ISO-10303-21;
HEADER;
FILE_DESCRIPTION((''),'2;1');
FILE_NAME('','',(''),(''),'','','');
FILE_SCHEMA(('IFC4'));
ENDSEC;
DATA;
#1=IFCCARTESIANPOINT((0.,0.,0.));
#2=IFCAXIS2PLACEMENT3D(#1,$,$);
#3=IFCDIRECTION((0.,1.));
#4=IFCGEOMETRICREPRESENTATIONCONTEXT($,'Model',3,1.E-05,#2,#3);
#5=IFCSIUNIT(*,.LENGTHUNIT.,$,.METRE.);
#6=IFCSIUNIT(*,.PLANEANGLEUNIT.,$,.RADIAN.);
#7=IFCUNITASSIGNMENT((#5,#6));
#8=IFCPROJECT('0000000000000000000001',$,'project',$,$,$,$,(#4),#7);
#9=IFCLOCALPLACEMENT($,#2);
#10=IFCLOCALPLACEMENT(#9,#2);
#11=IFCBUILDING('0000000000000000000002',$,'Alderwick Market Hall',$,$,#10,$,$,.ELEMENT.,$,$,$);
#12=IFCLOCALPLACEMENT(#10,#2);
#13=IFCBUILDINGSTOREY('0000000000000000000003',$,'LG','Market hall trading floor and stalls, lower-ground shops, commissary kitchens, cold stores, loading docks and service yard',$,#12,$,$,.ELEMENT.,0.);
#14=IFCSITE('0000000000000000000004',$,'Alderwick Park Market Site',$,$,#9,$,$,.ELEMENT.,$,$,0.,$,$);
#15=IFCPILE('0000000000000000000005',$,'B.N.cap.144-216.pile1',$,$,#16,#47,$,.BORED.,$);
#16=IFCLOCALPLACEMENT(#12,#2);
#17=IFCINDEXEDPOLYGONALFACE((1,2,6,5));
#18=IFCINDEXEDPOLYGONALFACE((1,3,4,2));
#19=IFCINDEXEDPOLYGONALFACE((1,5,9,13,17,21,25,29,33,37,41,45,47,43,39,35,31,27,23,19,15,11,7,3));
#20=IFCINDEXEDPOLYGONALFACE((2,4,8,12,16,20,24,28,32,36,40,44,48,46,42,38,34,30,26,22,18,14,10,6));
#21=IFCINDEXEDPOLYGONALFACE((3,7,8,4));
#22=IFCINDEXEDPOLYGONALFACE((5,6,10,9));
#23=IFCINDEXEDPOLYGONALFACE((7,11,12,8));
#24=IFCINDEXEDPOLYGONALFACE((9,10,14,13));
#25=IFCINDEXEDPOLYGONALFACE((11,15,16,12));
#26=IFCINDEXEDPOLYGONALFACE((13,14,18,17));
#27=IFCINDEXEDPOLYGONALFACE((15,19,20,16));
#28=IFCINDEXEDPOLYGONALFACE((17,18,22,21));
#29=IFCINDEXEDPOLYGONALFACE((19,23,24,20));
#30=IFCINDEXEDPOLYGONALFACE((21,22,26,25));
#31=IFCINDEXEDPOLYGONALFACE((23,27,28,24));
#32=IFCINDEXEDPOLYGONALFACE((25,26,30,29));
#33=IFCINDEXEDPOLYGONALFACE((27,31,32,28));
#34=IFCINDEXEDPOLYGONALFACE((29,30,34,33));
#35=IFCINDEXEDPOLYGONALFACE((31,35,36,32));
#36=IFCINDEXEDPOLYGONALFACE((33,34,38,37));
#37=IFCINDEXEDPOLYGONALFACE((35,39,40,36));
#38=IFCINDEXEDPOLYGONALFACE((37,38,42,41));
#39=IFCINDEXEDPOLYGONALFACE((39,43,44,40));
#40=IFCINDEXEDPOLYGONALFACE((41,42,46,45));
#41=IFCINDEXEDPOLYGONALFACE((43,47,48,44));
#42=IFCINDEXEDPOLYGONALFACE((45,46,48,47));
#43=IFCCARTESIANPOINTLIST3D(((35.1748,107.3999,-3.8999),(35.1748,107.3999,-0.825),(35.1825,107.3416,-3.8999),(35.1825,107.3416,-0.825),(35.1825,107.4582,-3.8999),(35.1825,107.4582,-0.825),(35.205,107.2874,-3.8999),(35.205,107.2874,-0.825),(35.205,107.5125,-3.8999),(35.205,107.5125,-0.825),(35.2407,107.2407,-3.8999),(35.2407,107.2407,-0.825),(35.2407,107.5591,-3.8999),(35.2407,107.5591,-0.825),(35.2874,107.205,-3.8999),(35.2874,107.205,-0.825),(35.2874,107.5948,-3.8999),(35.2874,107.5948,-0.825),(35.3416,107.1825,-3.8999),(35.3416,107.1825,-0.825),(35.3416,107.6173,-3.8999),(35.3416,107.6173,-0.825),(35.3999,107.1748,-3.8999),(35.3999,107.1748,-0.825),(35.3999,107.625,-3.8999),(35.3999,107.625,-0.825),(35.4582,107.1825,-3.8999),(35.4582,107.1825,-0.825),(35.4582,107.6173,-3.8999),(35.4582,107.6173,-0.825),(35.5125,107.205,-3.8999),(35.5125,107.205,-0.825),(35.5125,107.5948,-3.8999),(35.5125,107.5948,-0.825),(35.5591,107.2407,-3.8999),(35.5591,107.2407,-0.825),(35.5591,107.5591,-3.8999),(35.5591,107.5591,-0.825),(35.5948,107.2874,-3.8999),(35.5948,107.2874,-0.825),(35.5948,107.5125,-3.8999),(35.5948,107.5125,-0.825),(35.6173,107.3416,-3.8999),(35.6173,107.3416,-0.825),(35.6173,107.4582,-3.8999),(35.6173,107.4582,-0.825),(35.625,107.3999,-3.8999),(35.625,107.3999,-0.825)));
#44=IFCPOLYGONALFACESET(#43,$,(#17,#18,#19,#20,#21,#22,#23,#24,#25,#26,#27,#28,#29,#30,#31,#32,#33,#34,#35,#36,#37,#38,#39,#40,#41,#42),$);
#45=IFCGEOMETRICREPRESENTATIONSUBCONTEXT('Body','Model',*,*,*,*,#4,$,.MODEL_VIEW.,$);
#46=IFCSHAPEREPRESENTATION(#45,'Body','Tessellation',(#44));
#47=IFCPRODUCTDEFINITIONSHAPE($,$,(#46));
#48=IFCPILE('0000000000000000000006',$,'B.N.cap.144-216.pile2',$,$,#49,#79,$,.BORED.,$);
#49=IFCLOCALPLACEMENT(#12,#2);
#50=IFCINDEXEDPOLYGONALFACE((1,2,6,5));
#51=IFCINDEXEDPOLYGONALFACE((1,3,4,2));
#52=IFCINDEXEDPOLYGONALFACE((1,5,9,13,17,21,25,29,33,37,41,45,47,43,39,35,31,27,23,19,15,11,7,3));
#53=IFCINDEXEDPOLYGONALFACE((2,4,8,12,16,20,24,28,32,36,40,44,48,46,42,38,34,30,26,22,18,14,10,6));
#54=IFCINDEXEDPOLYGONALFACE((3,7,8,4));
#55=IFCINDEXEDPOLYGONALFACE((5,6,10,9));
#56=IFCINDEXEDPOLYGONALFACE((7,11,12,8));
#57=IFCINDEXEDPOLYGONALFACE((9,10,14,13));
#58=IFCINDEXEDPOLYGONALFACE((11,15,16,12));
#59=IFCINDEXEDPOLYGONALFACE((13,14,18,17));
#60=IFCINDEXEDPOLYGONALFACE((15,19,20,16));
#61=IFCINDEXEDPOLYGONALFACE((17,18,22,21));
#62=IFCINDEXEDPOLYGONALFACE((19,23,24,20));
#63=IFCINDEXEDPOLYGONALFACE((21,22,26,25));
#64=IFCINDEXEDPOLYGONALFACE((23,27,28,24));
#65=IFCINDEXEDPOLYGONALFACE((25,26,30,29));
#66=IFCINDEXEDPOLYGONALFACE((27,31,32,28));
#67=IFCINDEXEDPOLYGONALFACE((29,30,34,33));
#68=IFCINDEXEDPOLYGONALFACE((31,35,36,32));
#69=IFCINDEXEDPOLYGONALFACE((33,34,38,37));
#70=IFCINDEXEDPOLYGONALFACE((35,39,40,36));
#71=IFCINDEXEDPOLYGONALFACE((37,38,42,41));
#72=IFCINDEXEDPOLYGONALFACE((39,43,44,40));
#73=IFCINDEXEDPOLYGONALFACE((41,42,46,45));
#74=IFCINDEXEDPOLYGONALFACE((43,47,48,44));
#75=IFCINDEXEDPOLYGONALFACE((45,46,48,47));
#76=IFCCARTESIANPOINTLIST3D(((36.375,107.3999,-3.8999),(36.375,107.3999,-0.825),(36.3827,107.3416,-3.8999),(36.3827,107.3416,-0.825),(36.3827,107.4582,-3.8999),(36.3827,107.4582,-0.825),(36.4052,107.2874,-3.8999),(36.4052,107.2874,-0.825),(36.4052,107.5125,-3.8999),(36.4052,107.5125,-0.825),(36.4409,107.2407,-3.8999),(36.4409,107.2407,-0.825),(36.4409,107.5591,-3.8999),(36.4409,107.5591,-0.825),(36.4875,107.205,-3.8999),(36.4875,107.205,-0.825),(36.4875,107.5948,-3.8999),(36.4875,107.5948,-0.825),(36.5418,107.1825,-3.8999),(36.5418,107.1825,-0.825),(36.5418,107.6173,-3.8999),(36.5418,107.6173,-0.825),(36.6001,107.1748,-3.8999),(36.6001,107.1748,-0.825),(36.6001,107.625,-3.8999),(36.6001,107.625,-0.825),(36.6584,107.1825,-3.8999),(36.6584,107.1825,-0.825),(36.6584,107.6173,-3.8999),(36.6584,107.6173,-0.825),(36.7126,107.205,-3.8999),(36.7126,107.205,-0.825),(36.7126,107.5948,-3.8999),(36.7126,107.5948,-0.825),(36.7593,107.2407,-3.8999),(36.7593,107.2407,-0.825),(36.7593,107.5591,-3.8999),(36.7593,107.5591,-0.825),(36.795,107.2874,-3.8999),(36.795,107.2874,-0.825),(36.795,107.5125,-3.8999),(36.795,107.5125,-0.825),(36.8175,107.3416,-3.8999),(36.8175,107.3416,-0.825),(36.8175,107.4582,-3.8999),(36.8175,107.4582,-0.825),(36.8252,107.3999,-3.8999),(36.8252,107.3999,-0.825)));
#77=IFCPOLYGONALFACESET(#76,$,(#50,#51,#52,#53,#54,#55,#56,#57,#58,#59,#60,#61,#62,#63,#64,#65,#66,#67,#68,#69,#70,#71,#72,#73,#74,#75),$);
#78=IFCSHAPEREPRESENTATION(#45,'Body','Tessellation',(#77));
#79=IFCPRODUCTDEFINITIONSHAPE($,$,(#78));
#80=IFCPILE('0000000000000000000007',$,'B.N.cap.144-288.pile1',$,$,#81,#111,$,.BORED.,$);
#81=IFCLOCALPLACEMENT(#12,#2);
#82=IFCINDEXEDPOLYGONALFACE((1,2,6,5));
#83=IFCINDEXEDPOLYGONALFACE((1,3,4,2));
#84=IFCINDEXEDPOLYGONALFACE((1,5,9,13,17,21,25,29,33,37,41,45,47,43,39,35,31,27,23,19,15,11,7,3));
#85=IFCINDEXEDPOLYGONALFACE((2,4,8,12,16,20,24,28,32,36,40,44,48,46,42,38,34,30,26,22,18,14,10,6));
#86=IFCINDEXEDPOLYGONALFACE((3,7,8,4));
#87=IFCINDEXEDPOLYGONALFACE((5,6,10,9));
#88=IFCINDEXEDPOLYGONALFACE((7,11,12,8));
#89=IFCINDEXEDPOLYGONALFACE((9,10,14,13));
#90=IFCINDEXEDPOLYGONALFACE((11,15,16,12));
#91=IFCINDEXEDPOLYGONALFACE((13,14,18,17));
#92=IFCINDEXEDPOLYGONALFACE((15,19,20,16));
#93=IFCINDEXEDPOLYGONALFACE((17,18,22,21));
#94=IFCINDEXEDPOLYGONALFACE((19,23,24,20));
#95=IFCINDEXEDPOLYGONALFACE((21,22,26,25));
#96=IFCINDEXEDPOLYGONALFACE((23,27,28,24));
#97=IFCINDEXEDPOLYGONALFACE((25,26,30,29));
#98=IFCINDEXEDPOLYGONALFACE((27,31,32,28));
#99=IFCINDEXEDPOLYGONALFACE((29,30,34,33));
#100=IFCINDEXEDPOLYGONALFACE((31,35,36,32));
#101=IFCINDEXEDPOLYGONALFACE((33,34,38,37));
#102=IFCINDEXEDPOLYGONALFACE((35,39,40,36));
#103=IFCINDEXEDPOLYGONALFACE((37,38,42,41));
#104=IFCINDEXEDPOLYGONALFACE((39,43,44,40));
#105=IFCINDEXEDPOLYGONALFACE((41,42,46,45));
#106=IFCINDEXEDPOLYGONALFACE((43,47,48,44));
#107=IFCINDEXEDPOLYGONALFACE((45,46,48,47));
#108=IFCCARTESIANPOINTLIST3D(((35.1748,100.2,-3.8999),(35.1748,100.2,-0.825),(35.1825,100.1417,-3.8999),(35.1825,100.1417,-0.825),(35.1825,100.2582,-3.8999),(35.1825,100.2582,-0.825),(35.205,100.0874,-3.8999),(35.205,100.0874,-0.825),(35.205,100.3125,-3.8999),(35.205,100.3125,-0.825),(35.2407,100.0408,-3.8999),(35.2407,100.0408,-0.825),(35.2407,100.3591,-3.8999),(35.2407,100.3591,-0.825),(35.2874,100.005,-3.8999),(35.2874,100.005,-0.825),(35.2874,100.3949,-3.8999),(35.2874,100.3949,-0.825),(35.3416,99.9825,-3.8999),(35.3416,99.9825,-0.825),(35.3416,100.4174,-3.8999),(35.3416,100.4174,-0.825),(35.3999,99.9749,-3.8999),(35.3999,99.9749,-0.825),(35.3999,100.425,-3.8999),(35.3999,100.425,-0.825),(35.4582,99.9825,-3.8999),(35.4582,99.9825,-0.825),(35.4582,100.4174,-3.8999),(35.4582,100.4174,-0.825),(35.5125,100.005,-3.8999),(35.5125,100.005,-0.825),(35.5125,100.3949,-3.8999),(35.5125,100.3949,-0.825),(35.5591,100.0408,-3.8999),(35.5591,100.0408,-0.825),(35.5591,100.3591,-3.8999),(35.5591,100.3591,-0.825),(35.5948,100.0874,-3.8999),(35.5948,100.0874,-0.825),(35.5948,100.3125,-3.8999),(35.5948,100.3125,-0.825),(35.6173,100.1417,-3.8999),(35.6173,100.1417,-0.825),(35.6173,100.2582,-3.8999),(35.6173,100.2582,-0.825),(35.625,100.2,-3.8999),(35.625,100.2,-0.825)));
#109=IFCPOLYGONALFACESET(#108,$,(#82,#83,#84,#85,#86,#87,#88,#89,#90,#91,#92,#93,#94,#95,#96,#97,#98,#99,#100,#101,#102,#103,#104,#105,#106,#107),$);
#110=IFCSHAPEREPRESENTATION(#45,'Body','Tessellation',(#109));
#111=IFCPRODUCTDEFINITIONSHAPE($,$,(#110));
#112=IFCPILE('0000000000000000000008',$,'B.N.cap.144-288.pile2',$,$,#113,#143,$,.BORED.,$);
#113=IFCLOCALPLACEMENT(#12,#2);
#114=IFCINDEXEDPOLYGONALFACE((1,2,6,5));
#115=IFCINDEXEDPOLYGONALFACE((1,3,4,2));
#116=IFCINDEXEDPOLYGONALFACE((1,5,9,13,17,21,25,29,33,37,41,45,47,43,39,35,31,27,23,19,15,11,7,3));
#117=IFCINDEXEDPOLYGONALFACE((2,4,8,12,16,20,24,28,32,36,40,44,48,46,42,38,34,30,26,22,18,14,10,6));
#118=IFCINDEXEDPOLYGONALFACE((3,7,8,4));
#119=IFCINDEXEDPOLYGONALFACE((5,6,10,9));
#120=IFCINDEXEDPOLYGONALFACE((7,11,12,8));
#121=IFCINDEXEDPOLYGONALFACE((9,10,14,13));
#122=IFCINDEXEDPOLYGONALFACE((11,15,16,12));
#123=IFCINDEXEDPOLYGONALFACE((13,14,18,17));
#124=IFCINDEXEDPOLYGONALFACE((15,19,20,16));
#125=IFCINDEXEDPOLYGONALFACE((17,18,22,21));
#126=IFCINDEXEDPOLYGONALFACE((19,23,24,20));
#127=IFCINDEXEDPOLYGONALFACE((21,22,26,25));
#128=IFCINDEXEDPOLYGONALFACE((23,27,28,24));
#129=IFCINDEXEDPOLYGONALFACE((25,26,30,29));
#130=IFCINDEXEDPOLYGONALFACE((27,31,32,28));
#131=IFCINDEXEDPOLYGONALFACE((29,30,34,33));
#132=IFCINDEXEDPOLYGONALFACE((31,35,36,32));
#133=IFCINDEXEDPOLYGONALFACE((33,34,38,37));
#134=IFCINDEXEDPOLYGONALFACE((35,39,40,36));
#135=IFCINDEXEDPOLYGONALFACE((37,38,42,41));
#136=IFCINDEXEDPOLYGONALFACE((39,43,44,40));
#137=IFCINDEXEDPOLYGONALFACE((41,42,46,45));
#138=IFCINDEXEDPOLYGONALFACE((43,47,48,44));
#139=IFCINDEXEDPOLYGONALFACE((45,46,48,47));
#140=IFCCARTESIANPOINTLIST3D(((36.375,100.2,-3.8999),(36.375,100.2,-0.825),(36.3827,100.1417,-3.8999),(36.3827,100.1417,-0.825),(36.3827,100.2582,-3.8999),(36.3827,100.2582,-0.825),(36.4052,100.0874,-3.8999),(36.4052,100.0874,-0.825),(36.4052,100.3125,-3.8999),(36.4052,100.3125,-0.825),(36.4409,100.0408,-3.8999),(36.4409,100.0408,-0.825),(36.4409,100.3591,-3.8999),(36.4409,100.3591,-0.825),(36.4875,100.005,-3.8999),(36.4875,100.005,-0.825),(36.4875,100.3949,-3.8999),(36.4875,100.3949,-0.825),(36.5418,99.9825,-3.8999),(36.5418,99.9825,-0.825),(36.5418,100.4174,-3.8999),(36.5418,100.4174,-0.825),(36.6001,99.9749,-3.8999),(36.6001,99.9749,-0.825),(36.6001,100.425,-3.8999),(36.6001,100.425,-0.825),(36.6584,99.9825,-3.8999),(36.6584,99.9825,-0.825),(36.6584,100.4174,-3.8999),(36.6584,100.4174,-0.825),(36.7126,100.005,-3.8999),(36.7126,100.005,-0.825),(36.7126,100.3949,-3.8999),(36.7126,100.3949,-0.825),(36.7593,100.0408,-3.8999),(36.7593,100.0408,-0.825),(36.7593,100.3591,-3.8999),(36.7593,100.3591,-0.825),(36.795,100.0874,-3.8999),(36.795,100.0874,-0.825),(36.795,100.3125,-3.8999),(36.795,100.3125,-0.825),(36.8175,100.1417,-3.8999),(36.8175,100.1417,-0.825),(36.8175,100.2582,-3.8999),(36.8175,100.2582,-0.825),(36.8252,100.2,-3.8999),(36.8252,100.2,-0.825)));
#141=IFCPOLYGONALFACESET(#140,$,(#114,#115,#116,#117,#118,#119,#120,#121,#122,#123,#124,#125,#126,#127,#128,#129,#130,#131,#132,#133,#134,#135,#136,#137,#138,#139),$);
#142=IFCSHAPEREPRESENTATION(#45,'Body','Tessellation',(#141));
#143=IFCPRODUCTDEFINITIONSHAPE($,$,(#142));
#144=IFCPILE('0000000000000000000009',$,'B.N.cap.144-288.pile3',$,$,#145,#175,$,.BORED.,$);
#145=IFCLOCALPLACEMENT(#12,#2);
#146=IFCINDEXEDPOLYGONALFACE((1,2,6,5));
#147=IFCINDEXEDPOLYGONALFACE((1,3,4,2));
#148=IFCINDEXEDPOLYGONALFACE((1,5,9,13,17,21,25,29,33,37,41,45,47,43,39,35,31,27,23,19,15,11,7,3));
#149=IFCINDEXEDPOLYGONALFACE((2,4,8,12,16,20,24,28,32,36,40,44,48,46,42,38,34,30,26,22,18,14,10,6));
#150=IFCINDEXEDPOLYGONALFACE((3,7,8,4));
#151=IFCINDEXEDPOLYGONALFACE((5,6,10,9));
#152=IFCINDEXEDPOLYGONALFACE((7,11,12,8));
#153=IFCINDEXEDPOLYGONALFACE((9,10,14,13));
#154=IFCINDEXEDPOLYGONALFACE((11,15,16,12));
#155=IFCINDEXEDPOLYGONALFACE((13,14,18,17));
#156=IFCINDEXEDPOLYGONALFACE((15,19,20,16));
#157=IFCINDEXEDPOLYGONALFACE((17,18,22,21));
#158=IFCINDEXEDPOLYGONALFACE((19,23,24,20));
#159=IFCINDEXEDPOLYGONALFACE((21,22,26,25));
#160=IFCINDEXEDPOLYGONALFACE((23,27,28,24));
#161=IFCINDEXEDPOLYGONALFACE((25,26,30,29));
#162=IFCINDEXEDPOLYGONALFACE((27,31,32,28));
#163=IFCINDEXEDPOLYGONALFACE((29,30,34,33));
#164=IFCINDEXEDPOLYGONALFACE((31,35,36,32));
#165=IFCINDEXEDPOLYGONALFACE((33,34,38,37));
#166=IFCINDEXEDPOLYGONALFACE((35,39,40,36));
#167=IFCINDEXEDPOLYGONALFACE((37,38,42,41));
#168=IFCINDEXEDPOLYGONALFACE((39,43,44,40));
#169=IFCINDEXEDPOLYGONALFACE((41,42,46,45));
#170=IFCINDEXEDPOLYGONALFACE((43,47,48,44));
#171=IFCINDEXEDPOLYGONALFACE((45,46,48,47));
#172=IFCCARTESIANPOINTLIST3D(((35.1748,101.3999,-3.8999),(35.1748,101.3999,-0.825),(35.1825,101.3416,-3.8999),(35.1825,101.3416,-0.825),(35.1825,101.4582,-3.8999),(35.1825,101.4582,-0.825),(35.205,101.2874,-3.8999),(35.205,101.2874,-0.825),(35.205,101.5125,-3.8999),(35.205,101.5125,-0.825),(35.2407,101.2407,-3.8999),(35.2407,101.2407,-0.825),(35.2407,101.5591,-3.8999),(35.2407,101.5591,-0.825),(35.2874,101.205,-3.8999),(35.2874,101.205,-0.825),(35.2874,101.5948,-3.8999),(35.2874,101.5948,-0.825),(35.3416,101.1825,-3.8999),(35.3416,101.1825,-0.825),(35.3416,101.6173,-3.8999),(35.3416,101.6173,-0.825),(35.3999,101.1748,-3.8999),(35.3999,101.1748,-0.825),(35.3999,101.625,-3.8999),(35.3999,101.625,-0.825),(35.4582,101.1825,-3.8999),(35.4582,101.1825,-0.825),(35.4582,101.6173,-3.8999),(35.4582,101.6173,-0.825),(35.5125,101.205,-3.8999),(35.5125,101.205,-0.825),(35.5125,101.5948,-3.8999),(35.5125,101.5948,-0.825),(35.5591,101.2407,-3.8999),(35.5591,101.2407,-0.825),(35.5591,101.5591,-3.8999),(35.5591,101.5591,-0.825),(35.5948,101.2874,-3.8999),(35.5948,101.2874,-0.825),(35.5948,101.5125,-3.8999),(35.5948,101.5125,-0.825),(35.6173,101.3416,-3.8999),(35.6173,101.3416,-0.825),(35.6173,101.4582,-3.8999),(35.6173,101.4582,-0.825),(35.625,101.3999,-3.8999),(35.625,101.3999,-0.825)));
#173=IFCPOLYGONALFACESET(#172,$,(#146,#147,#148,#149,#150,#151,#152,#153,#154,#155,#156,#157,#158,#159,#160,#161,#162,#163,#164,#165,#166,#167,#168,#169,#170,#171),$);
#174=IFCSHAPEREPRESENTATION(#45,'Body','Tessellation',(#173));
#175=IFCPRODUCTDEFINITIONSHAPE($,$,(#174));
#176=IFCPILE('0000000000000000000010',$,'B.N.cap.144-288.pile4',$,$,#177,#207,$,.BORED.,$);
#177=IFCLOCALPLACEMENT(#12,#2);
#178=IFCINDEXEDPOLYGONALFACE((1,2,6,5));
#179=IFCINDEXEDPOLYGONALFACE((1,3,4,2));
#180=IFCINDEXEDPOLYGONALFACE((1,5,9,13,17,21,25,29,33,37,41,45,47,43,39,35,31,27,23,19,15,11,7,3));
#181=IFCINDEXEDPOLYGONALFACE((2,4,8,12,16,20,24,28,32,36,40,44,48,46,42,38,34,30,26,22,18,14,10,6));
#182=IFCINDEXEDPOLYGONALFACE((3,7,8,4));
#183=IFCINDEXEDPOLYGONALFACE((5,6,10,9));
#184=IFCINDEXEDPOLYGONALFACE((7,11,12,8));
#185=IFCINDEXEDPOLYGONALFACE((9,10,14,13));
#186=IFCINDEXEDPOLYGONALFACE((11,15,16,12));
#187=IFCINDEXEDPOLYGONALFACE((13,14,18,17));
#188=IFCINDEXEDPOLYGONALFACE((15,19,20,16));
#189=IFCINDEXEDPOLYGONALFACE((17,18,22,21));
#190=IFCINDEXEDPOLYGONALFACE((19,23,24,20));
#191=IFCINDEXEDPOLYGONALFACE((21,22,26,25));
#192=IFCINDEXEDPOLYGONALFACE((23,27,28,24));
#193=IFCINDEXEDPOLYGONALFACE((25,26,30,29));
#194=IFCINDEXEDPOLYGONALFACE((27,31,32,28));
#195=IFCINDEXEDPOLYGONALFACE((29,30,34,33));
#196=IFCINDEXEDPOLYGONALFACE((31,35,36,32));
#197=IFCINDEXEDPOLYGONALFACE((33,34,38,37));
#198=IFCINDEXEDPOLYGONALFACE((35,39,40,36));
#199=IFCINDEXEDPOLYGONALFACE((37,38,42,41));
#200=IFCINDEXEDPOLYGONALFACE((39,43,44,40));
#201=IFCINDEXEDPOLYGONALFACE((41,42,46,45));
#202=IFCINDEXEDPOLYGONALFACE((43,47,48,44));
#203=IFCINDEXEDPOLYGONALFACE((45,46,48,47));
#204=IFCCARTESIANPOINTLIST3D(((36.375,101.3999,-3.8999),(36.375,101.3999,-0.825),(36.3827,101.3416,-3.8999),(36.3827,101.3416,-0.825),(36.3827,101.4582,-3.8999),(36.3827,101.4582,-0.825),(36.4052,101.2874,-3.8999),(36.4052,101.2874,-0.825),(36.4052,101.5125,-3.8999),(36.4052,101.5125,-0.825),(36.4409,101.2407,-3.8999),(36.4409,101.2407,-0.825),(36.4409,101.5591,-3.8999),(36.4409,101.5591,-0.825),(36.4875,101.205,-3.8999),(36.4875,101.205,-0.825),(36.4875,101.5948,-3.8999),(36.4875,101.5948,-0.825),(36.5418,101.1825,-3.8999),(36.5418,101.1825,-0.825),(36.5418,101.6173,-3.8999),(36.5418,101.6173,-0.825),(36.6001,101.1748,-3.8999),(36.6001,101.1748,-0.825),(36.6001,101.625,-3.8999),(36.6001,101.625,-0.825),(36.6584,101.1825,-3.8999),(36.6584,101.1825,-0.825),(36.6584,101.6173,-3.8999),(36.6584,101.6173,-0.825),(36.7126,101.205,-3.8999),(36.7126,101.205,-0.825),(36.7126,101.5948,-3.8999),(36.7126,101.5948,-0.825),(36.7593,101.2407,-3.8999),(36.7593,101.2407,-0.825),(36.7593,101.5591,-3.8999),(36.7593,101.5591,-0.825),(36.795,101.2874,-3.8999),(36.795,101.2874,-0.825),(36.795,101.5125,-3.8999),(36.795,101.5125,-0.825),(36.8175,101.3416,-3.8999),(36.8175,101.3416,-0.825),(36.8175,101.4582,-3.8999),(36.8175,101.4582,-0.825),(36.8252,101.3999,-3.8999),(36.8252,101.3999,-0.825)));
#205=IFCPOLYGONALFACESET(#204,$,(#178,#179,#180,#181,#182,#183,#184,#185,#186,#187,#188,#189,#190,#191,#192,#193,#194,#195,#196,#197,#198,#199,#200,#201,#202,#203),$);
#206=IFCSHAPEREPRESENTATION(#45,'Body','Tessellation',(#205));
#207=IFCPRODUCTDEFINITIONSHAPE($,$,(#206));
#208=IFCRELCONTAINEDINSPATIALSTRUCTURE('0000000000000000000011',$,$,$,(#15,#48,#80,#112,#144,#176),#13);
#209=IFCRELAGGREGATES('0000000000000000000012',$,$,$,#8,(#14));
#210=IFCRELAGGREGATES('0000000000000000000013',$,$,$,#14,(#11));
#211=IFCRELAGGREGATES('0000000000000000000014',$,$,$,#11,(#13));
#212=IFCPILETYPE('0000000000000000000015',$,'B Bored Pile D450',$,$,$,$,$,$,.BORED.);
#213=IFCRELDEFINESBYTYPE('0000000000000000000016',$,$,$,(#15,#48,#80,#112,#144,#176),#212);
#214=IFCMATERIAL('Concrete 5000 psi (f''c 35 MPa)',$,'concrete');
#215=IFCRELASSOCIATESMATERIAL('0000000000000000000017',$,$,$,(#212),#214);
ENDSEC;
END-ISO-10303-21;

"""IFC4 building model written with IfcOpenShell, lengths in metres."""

from ifc_helpers import new_model, si_unit, direction, frame, origin, origin_2d, place, context, subcontext, project, spatial, circle, extrude, material, material_profile, profile_set, type_object, element, save


model = new_model("IFC4")

# Units and contexts
model_context = context("Model", 3, precision=1e-05, world=origin(), true_north=direction((0.0, 1.0)))
body_context = subcontext(model_context, "Body", "Model", "MODEL_VIEW")
ifc_project = project(units=[si_unit("LENGTHUNIT", "METRE"), si_unit("PLANEANGLEUNIT", "RADIAN")], contexts=[model_context])

# Site, building, storey
site_placement = place(None, origin())
site = spatial("IfcSite", under=ifc_project, at=site_placement, Name="Alderwick Park Market Site", CompositionType="ELEMENT", RefElevation=0.0)
building_placement = place(site_placement, origin())
building = spatial("IfcBuilding", under=site, at=building_placement, Name="Alderwick Market Hall", CompositionType="ELEMENT")
storey_placement = place(building_placement, origin())
storey = spatial("IfcBuildingStorey", under=building, at=storey_placement, Name="LG", Description="Market hall trading floor and stalls, lower-ground shops, commissary kitchens, cold stores, loading docks and service yard", CompositionType="ELEMENT", Elevation=0.0)

# Piles
ifc_material_1 = material(Name="Concrete 5000 psi (f'c 35 MPa)", Category="concrete")
ifc_material_profile_1 = material_profile(ifc_material_1, circle(Radius=0.2251, at=origin_2d()), Name="B Bored Pile D450")
ifc_profile_set_1 = profile_set([ifc_material_profile_1], Name="Concrete 5000 psi (f'c 35 MPa)")
pile_type = type_object("IfcPileType", Name="B Bored Pile D450", PredefinedType="BORED", material=ifc_profile_set_1)
for number, where, z_axis, x_axis, name in (
    (1, (35.3999, 107.3999, -0.825), (0.0, 0.0, -1.0), (1.0, 0.0, 0.0), "B.N.cap.144-216.pile1"),
    (2, (36.6001, 107.3999, -0.825), (0.0, 0.0, -1.0), (1.0, 0.0, 0.0), "B.N.cap.144-216.pile2"),
    (3, (35.3999, 100.2, -0.825), (0.0, 0.0, -1.0), (1.0, 0.0, 0.0), "B.N.cap.144-288.pile1"),
    (4, (36.6001, 100.2, -0.825), (0.0, 0.0, -1.0), (1.0, 0.0, 0.0), "B.N.cap.144-288.pile2"),
    (5, (35.3999, 101.3999, -0.825), (0.0, 0.0, -1.0), (1.0, 0.0, 0.0), "B.N.cap.144-288.pile3"),
    (6, (36.6001, 101.3999, -0.825), (0.0, 0.0, -1.0), (1.0, 0.0, 0.0), "B.N.cap.144-288.pile4"),
):
    element("IfcPile", number, at=place(storey_placement, frame(where, z_axis=z_axis, x_axis=x_axis)), inside=storey, type_object=pile_type, Name=name, PredefinedType="BORED", context=body_context, shape_type="SweptSolid", body=[
        extrude(circle(Radius=0.2251, at=origin_2d()), origin(), (0.0, 0.0, 1.0), 3.075),
    ])

save(model, "model.ifc")
